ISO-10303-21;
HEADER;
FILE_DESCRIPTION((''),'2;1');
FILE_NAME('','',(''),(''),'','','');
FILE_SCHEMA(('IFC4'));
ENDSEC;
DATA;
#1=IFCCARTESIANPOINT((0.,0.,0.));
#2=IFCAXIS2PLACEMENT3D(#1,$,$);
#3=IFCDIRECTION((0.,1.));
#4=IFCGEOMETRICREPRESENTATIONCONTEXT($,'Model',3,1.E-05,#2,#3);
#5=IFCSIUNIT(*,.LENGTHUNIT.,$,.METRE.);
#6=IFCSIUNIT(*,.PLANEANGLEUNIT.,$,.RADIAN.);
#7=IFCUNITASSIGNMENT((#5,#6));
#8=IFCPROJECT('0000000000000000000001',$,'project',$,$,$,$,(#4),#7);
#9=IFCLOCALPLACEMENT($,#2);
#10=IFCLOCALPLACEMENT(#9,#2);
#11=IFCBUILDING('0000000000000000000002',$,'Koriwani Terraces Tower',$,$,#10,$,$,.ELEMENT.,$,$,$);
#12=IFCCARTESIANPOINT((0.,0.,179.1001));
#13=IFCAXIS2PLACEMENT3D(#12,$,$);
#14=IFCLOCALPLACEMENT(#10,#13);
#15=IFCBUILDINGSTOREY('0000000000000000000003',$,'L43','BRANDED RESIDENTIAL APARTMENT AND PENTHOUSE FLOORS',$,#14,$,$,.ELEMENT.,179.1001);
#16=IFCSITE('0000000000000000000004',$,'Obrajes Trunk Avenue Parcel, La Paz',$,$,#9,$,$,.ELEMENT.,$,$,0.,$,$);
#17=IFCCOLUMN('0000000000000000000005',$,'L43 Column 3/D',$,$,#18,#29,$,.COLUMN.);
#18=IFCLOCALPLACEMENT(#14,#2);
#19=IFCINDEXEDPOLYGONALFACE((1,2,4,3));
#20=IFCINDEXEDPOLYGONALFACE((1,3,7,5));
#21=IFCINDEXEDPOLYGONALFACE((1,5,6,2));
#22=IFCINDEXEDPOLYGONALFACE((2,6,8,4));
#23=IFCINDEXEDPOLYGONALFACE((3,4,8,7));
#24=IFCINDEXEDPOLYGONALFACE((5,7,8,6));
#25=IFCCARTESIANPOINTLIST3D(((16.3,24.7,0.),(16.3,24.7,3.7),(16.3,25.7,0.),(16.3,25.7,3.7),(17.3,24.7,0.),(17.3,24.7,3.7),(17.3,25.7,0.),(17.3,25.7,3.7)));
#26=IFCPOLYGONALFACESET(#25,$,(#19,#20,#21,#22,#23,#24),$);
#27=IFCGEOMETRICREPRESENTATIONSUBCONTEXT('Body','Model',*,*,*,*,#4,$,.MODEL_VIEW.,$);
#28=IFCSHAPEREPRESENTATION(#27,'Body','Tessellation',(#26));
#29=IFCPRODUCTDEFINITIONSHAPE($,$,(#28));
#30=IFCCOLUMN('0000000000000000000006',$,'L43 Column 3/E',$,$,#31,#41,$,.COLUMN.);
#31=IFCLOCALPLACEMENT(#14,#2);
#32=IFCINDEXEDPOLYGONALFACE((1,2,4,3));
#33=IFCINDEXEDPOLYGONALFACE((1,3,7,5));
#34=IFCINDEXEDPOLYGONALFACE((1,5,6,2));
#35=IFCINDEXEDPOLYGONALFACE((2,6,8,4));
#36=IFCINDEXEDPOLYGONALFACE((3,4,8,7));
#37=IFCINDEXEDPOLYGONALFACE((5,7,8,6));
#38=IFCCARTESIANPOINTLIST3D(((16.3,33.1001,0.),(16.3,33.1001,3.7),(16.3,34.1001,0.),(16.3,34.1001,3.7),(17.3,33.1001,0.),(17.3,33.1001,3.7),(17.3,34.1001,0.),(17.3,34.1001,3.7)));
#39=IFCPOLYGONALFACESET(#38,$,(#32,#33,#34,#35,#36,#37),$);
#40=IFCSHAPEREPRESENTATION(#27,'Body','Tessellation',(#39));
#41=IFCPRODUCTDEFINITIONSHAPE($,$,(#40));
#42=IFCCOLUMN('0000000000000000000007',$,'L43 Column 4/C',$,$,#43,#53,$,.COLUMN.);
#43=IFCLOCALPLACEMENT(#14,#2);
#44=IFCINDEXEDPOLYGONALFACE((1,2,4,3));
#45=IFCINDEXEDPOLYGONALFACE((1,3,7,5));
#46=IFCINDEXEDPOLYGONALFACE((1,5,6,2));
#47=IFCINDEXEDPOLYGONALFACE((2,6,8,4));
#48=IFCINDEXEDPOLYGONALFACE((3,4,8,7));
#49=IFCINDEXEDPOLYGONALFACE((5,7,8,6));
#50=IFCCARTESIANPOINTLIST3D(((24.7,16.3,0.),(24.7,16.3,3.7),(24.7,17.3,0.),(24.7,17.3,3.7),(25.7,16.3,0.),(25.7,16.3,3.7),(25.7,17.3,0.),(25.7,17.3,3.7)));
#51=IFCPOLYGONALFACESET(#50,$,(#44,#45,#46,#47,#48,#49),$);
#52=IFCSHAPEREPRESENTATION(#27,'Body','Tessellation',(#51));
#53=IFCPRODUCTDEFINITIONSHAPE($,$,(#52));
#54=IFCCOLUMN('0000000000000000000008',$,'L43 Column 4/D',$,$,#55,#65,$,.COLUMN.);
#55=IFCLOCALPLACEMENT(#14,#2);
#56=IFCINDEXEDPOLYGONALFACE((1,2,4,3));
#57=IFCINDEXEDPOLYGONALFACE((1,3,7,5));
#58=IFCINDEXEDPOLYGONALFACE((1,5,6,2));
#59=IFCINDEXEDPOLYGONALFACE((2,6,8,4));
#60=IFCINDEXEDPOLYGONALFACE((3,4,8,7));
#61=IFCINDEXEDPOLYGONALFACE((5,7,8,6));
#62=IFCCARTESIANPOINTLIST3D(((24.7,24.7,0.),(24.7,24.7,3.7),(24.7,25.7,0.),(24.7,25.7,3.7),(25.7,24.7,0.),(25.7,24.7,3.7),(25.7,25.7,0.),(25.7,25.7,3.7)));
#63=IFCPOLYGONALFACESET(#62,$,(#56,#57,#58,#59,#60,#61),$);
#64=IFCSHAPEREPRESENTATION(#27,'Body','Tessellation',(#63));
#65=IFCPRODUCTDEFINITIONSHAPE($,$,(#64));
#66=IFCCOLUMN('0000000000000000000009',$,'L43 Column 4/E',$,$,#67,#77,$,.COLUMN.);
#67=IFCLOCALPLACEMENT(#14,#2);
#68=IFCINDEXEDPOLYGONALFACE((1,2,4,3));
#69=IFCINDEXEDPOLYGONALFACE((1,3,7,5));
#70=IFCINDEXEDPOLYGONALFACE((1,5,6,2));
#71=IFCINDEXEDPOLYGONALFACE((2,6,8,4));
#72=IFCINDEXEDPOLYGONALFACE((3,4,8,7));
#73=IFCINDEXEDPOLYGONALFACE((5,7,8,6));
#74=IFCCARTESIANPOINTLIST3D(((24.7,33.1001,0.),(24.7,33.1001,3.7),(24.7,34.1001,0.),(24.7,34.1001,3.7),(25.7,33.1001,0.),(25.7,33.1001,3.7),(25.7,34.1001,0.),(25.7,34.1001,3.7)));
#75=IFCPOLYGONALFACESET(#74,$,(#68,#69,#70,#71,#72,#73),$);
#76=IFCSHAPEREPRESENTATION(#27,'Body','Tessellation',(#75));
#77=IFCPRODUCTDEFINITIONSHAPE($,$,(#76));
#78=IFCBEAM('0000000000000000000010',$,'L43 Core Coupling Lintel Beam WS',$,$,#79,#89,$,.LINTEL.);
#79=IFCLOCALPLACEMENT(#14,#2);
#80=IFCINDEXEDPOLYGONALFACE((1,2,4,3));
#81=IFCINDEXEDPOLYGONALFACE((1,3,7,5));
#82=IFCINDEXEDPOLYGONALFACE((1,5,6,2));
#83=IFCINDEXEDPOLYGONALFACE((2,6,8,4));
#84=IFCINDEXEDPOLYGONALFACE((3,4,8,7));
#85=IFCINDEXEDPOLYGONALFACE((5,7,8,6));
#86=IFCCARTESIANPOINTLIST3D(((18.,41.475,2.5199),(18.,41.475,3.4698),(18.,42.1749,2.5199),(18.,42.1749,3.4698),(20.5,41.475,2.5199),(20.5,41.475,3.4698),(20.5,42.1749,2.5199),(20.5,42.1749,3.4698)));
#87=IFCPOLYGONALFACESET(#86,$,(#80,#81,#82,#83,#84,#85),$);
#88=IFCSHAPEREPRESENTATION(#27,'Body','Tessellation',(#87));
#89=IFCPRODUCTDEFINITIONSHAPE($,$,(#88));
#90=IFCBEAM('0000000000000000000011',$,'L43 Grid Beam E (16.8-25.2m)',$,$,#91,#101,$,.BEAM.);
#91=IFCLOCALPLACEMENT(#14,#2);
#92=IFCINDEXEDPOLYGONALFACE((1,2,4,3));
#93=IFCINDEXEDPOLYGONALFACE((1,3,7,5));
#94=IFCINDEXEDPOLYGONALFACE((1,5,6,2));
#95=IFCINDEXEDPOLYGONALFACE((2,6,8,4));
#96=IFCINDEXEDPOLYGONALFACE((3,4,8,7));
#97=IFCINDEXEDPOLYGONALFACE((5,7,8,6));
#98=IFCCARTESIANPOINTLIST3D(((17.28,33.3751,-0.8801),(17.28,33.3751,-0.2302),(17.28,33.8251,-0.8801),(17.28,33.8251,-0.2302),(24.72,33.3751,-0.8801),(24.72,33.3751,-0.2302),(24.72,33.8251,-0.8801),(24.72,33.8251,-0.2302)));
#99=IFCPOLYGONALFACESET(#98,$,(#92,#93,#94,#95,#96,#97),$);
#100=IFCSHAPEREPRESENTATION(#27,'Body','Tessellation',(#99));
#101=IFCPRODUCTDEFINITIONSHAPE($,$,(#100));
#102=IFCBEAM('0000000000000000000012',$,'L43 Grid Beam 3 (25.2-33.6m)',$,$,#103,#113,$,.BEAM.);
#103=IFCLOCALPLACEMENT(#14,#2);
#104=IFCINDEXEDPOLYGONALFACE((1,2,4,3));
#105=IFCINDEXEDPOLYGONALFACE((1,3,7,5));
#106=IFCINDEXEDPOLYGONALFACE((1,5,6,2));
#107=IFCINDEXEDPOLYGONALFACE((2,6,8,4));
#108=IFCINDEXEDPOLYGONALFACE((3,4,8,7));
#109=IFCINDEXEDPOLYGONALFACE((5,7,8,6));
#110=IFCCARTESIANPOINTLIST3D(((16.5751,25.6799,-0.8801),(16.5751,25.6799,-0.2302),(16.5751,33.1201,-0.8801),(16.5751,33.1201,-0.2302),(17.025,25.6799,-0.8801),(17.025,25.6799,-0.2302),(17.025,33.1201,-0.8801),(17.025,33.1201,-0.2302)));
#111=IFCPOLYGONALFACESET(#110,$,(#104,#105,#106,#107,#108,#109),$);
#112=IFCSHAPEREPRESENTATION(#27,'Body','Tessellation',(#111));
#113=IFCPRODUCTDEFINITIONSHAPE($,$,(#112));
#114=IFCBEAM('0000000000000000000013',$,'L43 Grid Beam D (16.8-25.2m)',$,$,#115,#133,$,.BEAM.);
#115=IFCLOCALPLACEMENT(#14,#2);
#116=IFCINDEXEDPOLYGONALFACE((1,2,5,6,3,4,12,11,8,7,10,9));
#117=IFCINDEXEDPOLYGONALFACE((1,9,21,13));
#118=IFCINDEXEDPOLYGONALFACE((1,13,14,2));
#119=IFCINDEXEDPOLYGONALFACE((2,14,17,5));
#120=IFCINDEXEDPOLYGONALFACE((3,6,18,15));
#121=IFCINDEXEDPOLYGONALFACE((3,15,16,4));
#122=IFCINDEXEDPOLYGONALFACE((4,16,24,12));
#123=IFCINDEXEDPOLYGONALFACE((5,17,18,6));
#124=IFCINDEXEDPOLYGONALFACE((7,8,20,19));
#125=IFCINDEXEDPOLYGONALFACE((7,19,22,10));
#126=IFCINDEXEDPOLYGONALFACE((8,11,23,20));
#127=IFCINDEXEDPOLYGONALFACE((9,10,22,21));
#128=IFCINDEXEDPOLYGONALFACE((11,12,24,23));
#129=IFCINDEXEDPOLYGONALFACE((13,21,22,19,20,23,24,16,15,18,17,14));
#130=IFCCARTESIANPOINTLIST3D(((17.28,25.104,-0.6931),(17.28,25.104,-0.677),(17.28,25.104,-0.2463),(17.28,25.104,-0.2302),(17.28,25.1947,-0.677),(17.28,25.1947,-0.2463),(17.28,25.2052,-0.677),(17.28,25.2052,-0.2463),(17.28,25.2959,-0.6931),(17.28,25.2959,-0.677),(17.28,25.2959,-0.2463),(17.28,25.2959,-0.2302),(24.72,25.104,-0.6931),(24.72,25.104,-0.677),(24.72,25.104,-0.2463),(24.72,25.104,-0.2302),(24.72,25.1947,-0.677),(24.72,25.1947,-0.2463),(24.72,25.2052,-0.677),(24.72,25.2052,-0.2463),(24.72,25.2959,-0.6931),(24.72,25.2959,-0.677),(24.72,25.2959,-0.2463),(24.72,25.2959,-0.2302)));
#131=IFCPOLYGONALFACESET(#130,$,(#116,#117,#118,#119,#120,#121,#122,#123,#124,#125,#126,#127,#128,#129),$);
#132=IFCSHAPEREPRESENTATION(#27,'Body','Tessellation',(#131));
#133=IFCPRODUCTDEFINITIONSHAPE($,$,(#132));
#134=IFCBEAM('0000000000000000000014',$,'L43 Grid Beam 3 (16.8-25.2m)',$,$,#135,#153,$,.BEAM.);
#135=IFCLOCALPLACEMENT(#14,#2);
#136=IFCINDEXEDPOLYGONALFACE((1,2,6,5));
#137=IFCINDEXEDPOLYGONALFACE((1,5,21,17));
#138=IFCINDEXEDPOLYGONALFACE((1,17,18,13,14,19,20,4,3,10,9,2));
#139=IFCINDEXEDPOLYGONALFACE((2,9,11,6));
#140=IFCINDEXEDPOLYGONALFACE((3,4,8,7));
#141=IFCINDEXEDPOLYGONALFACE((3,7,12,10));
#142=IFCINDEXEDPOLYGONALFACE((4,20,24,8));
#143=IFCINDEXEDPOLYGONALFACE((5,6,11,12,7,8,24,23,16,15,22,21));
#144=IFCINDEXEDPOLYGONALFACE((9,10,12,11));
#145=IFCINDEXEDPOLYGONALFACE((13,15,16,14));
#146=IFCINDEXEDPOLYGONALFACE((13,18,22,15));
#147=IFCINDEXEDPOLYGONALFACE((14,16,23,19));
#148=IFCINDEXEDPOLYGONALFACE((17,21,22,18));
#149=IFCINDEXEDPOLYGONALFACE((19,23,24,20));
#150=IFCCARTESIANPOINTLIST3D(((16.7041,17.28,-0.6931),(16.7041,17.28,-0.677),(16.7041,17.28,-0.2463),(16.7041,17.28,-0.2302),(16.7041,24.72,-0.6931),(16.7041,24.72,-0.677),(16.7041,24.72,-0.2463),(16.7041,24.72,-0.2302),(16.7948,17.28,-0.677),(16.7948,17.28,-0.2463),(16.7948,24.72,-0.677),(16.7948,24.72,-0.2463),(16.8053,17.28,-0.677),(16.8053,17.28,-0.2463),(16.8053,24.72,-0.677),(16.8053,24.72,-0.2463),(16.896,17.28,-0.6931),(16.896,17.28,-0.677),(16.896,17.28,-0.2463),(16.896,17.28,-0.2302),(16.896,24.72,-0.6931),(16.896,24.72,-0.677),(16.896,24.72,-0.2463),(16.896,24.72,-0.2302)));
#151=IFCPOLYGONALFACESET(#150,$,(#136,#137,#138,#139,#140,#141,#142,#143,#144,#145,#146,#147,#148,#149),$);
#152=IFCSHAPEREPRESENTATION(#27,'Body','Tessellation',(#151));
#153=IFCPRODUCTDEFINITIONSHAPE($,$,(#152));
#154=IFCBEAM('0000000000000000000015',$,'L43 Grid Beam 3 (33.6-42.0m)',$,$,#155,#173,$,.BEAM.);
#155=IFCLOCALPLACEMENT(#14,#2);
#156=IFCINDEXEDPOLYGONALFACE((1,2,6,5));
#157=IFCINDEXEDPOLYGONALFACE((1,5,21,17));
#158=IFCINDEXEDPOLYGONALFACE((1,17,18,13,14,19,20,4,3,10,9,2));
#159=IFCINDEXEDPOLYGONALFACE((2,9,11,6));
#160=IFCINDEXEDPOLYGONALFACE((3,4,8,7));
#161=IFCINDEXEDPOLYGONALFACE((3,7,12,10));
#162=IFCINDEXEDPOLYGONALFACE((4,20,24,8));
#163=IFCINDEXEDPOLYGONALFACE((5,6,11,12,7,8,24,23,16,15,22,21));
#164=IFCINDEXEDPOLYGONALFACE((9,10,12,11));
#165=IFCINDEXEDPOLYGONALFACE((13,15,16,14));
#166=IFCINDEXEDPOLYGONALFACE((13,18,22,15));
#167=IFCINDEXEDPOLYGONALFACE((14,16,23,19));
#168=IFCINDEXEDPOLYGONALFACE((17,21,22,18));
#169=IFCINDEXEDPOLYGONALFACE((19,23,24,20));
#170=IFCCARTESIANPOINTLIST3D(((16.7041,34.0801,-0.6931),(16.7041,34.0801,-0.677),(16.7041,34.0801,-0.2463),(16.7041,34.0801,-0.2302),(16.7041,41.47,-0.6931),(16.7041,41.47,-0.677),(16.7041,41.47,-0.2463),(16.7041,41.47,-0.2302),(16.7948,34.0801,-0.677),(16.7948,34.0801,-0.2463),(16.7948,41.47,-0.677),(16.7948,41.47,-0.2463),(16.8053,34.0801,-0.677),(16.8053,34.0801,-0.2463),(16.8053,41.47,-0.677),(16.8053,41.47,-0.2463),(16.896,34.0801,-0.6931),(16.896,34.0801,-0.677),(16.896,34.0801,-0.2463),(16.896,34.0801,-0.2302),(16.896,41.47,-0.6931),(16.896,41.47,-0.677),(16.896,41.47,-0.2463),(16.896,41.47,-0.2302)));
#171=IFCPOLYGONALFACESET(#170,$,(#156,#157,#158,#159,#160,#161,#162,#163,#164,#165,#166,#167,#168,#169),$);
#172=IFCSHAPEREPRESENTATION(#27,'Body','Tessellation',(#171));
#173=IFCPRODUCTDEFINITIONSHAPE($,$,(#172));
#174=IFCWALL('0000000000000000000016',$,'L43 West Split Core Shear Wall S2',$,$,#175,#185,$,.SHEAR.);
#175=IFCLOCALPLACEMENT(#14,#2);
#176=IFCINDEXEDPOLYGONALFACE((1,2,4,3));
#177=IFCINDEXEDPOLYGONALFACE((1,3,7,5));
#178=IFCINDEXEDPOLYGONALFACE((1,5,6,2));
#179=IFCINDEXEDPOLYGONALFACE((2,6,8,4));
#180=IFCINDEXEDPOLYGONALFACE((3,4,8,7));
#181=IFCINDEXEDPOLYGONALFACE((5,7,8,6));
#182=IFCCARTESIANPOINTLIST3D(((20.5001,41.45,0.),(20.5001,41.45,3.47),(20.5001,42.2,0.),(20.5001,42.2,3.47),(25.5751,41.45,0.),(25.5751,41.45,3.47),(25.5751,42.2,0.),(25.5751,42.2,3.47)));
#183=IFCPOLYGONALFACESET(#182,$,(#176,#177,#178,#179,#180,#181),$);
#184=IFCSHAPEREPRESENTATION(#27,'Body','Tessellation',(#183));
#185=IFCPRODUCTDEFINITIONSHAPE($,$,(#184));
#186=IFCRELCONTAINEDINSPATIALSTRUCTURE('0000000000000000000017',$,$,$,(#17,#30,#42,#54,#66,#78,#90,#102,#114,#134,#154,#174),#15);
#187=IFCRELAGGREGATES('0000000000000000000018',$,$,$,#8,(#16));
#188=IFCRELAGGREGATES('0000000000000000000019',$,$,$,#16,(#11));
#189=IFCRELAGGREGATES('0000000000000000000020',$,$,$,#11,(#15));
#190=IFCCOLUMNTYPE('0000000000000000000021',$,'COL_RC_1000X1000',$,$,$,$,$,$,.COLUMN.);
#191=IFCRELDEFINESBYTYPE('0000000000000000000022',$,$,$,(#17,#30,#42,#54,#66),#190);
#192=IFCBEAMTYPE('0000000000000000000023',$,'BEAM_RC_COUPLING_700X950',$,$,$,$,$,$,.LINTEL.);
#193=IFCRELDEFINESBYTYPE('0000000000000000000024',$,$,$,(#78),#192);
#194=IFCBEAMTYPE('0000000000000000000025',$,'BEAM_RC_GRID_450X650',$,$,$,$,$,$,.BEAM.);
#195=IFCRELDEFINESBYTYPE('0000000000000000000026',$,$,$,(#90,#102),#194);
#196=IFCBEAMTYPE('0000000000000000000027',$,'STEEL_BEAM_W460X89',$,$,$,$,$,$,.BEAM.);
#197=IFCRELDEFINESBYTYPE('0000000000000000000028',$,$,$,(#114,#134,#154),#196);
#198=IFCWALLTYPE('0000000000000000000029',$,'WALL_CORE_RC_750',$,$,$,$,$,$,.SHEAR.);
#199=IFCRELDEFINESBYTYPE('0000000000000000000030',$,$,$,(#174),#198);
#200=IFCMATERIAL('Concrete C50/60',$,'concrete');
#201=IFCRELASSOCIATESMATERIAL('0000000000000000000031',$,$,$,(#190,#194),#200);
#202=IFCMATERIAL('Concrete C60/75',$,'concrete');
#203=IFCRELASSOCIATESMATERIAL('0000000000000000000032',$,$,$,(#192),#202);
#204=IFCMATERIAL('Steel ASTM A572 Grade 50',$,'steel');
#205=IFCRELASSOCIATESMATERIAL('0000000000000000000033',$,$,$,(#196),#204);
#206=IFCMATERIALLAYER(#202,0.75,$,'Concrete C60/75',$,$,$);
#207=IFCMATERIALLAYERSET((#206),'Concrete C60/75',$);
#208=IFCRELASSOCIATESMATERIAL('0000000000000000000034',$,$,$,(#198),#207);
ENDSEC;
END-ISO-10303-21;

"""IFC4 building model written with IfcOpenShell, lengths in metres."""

from ifc_helpers import new_model, si_unit, direction, frame, frame_2d, origin, origin_2d, place, context, subcontext, project, spatial, rectangle, i_section, extrude, material, layer, layer_set, material_profile, profile_set, type_object, element, save


model = new_model("IFC4")

# Units and contexts
model_context = context("Model", 3, precision=1e-05, world=origin(), true_north=direction((0.0, 1.0)))
body_context = subcontext(model_context, "Body", "Model", "MODEL_VIEW")
ifc_project = project(units=[si_unit("LENGTHUNIT", "METRE"), si_unit("PLANEANGLEUNIT", "RADIAN")], contexts=[model_context])

# Site, building, storey
site_placement = place(None, origin())
site = spatial("IfcSite", under=ifc_project, at=site_placement, Name="Obrajes Trunk Avenue Parcel, La Paz", CompositionType="ELEMENT", RefElevation=0.0)
building_placement = place(site_placement, origin())
building = spatial("IfcBuilding", under=site, at=building_placement, Name="Koriwani Terraces Tower", CompositionType="ELEMENT")
storey_placement = place(building_placement, frame((0.0, 0.0, 179.1001)))
storey = spatial("IfcBuildingStorey", under=building, at=storey_placement, Name="L43", Description="BRANDED RESIDENTIAL APARTMENT AND PENTHOUSE FLOORS", CompositionType="ELEMENT", Elevation=179.1001)

# Columns
ifc_material_1 = material(Name="Concrete C50/60", Category="concrete")
ifc_material_profile_1 = material_profile(ifc_material_1, rectangle(XDim=1.0, YDim=1.0, at=origin_2d()), Name="Concrete C50/60", Category="LoadBearing")
ifc_profile_set_1 = profile_set([ifc_material_profile_1], Name="Concrete C50/60")
column_type = type_object("IfcColumnType", Name="COL_RC_1000X1000", PredefinedType="COLUMN", material=ifc_profile_set_1)
for number, where, z_axis, x_axis, name in (
    (1, (16.8, 25.2, 0.0), (0.0, 0.0, 1.0), (1.0, 0.0, 0.0), "L43 Column 3/D"),
    (2, (16.8, 33.6001, 0.0), (0.0, 0.0, 1.0), (1.0, 0.0, 0.0), "L43 Column 3/E"),
    (3, (25.2, 16.8, 0.0), (0.0, 0.0, 1.0), (1.0, 0.0, 0.0), "L43 Column 4/C"),
    (4, (25.2, 25.2, 0.0), (0.0, 0.0, 1.0), (1.0, 0.0, 0.0), "L43 Column 4/D"),
    (5, (25.2, 33.6001, 0.0), (0.0, 0.0, 1.0), (1.0, 0.0, 0.0), "L43 Column 4/E"),
):
    element("IfcColumn", number, at=place(storey_placement, frame(where, z_axis=z_axis, x_axis=x_axis)), inside=storey, type_object=column_type, Name=name, PredefinedType="COLUMN", context=body_context, shape_type="SweptSolid", body=[
        extrude(rectangle(XDim=1.0, YDim=1.0, at=origin_2d()), origin(), (0.0, 0.0, 1.0), 3.7),
    ])

# Beams
ifc_material_2 = material(Name="Concrete C60/75", Category="concrete")
ifc_material_profile_2 = material_profile(ifc_material_2, rectangle(XDim=0.7, YDim=0.95, at=origin_2d()), Name="Concrete C60/75", Category="LoadBearing")
ifc_profile_set_2 = profile_set([ifc_material_profile_2], Name="Concrete C60/75")
beam_type_1 = type_object("IfcBeamType", Name="BEAM_RC_COUPLING_700X950", PredefinedType="LINTEL", material=ifc_profile_set_2)
beam_1_placement = place(storey_placement, frame((18.0, 41.825, 2.9949), z_axis=(1.0, 0.0, 0.0), x_axis=(0.0, 1.0, 0.0)))
element("IfcBeam", 6, at=beam_1_placement, inside=storey, type_object=beam_type_1, Name="L43 Core Coupling Lintel Beam WS", PredefinedType="LINTEL", context=body_context, shape_type="SweptSolid", body=[
    extrude(rectangle(XDim=0.7, YDim=0.95, at=origin_2d()), origin(), (0.0, 0.0, 1.0), 2.5),
])
ifc_material_profile_3 = material_profile(ifc_material_1, rectangle(XDim=0.45, YDim=0.6499, at=origin_2d()), Name="Concrete C50/60", Category="LoadBearing")
ifc_profile_set_3 = profile_set([ifc_material_profile_3], Name="Concrete C50/60")
beam_type_2 = type_object("IfcBeamType", Name="BEAM_RC_GRID_450X650", PredefinedType="BEAM", material=ifc_profile_set_3)
beam_2_placement = place(storey_placement, frame((17.28, 33.6001, -0.5552), z_axis=(1.0, 0.0, 0.0), x_axis=(0.0, 1.0, 0.0)))
element("IfcBeam", 7, at=beam_2_placement, inside=storey, type_object=beam_type_2, Name="L43 Grid Beam E (16.8-25.2m)", PredefinedType="BEAM", context=body_context, shape_type="SweptSolid", body=[
    extrude(rectangle(XDim=0.45, YDim=0.6499, at=origin_2d()), origin(), (0.0, 0.0, 1.0), 7.4399),
])
beam_3_placement = place(storey_placement, frame((16.8, 25.6799, -0.5552), z_axis=(0.0, 1.0, 0.0), x_axis=(-1.0, 0.0, 0.0)))
element("IfcBeam", 8, at=beam_3_placement, inside=storey, type_object=beam_type_2, Name="L43 Grid Beam 3 (25.2-33.6m)", PredefinedType="BEAM", context=body_context, shape_type="SweptSolid", body=[
    extrude(rectangle(XDim=0.45, YDim=0.6499, at=origin_2d()), origin(), (0.0, 0.0, 1.0), 7.4402),
])
ifc_material_3 = material(Name="Steel ASTM A572 Grade 50", Category="steel")
ifc_material_profile_4 = material_profile(ifc_material_3, i_section(OverallWidth=0.1919, OverallDepth=0.4629, WebThickness=0.0105, FlangeThickness=0.0161, at=origin_2d()), Name="Steel ASTM A572 Grade 50", Category="LoadBearing")
ifc_profile_set_4 = profile_set([ifc_material_profile_4], Name="Steel ASTM A572 Grade 50")
beam_type_3 = type_object("IfcBeamType", Name="STEEL_BEAM_W460X89", PredefinedType="BEAM", material=ifc_profile_set_4)
for number, where, z_axis, x_axis, name in (
    (9, (17.28, 25.2, -0.4617), (1.0, 0.0, 0.0), (0.0, 1.0, 0.0), "L43 Grid Beam D (16.8-25.2m)"),
    (10, (16.8, 17.28, -0.4617), (0.0, 1.0, 0.0), (-1.0, 0.0, 0.0), "L43 Grid Beam 3 (16.8-25.2m)"),
):
    element("IfcBeam", number, at=place(storey_placement, frame(where, z_axis=z_axis, x_axis=x_axis)), inside=storey, type_object=beam_type_3, Name=name, PredefinedType="BEAM", context=body_context, shape_type="SweptSolid", body=[
        extrude(i_section(OverallWidth=0.1919, OverallDepth=0.4629, WebThickness=0.0105, FlangeThickness=0.0161, at=origin_2d()), origin(), (0.0, 0.0, 1.0), 7.4399),
    ])
beam_4_placement = place(storey_placement, frame((16.8, 34.0801, -0.4617), z_axis=(0.0, 1.0, 0.0), x_axis=(-1.0, 0.0, 0.0)))
element("IfcBeam", 11, at=beam_4_placement, inside=storey, type_object=beam_type_3, Name="L43 Grid Beam 3 (33.6-42.0m)", PredefinedType="BEAM", context=body_context, shape_type="SweptSolid", body=[
    extrude(i_section(OverallWidth=0.1919, OverallDepth=0.4629, WebThickness=0.0105, FlangeThickness=0.0161, at=origin_2d()), origin(), (0.0, 0.0, 1.0), 7.3899),
])

# Wall
ifc_layer_1 = layer(ifc_material_2, 0.75, Name="Concrete C60/75")
ifc_layer_set_1 = layer_set([ifc_layer_1], Name="Concrete C60/75")
wall_type_1 = type_object("IfcWallType", Name="WALL_CORE_RC_750", PredefinedType="SHEAR", material=ifc_layer_set_1)
wall_1_placement = place(storey_placement, frame((20.5, 41.825, 0.0), z_axis=(0.0, 0.0, 1.0), x_axis=(1.0, 0.0, 0.0)))
element("IfcWall", 12, at=wall_1_placement, inside=storey, type_object=wall_type_1, Name="L43 West Split Core Shear Wall S2", PredefinedType="SHEAR", context=body_context, shape_type="SweptSolid", body=[
    extrude(rectangle(XDim=5.075, YDim=0.75, at=frame_2d((2.5376, 0.0))), origin(), (0.0, 0.0, 1.0), 3.47),
])

save(model, "model.ifc")
